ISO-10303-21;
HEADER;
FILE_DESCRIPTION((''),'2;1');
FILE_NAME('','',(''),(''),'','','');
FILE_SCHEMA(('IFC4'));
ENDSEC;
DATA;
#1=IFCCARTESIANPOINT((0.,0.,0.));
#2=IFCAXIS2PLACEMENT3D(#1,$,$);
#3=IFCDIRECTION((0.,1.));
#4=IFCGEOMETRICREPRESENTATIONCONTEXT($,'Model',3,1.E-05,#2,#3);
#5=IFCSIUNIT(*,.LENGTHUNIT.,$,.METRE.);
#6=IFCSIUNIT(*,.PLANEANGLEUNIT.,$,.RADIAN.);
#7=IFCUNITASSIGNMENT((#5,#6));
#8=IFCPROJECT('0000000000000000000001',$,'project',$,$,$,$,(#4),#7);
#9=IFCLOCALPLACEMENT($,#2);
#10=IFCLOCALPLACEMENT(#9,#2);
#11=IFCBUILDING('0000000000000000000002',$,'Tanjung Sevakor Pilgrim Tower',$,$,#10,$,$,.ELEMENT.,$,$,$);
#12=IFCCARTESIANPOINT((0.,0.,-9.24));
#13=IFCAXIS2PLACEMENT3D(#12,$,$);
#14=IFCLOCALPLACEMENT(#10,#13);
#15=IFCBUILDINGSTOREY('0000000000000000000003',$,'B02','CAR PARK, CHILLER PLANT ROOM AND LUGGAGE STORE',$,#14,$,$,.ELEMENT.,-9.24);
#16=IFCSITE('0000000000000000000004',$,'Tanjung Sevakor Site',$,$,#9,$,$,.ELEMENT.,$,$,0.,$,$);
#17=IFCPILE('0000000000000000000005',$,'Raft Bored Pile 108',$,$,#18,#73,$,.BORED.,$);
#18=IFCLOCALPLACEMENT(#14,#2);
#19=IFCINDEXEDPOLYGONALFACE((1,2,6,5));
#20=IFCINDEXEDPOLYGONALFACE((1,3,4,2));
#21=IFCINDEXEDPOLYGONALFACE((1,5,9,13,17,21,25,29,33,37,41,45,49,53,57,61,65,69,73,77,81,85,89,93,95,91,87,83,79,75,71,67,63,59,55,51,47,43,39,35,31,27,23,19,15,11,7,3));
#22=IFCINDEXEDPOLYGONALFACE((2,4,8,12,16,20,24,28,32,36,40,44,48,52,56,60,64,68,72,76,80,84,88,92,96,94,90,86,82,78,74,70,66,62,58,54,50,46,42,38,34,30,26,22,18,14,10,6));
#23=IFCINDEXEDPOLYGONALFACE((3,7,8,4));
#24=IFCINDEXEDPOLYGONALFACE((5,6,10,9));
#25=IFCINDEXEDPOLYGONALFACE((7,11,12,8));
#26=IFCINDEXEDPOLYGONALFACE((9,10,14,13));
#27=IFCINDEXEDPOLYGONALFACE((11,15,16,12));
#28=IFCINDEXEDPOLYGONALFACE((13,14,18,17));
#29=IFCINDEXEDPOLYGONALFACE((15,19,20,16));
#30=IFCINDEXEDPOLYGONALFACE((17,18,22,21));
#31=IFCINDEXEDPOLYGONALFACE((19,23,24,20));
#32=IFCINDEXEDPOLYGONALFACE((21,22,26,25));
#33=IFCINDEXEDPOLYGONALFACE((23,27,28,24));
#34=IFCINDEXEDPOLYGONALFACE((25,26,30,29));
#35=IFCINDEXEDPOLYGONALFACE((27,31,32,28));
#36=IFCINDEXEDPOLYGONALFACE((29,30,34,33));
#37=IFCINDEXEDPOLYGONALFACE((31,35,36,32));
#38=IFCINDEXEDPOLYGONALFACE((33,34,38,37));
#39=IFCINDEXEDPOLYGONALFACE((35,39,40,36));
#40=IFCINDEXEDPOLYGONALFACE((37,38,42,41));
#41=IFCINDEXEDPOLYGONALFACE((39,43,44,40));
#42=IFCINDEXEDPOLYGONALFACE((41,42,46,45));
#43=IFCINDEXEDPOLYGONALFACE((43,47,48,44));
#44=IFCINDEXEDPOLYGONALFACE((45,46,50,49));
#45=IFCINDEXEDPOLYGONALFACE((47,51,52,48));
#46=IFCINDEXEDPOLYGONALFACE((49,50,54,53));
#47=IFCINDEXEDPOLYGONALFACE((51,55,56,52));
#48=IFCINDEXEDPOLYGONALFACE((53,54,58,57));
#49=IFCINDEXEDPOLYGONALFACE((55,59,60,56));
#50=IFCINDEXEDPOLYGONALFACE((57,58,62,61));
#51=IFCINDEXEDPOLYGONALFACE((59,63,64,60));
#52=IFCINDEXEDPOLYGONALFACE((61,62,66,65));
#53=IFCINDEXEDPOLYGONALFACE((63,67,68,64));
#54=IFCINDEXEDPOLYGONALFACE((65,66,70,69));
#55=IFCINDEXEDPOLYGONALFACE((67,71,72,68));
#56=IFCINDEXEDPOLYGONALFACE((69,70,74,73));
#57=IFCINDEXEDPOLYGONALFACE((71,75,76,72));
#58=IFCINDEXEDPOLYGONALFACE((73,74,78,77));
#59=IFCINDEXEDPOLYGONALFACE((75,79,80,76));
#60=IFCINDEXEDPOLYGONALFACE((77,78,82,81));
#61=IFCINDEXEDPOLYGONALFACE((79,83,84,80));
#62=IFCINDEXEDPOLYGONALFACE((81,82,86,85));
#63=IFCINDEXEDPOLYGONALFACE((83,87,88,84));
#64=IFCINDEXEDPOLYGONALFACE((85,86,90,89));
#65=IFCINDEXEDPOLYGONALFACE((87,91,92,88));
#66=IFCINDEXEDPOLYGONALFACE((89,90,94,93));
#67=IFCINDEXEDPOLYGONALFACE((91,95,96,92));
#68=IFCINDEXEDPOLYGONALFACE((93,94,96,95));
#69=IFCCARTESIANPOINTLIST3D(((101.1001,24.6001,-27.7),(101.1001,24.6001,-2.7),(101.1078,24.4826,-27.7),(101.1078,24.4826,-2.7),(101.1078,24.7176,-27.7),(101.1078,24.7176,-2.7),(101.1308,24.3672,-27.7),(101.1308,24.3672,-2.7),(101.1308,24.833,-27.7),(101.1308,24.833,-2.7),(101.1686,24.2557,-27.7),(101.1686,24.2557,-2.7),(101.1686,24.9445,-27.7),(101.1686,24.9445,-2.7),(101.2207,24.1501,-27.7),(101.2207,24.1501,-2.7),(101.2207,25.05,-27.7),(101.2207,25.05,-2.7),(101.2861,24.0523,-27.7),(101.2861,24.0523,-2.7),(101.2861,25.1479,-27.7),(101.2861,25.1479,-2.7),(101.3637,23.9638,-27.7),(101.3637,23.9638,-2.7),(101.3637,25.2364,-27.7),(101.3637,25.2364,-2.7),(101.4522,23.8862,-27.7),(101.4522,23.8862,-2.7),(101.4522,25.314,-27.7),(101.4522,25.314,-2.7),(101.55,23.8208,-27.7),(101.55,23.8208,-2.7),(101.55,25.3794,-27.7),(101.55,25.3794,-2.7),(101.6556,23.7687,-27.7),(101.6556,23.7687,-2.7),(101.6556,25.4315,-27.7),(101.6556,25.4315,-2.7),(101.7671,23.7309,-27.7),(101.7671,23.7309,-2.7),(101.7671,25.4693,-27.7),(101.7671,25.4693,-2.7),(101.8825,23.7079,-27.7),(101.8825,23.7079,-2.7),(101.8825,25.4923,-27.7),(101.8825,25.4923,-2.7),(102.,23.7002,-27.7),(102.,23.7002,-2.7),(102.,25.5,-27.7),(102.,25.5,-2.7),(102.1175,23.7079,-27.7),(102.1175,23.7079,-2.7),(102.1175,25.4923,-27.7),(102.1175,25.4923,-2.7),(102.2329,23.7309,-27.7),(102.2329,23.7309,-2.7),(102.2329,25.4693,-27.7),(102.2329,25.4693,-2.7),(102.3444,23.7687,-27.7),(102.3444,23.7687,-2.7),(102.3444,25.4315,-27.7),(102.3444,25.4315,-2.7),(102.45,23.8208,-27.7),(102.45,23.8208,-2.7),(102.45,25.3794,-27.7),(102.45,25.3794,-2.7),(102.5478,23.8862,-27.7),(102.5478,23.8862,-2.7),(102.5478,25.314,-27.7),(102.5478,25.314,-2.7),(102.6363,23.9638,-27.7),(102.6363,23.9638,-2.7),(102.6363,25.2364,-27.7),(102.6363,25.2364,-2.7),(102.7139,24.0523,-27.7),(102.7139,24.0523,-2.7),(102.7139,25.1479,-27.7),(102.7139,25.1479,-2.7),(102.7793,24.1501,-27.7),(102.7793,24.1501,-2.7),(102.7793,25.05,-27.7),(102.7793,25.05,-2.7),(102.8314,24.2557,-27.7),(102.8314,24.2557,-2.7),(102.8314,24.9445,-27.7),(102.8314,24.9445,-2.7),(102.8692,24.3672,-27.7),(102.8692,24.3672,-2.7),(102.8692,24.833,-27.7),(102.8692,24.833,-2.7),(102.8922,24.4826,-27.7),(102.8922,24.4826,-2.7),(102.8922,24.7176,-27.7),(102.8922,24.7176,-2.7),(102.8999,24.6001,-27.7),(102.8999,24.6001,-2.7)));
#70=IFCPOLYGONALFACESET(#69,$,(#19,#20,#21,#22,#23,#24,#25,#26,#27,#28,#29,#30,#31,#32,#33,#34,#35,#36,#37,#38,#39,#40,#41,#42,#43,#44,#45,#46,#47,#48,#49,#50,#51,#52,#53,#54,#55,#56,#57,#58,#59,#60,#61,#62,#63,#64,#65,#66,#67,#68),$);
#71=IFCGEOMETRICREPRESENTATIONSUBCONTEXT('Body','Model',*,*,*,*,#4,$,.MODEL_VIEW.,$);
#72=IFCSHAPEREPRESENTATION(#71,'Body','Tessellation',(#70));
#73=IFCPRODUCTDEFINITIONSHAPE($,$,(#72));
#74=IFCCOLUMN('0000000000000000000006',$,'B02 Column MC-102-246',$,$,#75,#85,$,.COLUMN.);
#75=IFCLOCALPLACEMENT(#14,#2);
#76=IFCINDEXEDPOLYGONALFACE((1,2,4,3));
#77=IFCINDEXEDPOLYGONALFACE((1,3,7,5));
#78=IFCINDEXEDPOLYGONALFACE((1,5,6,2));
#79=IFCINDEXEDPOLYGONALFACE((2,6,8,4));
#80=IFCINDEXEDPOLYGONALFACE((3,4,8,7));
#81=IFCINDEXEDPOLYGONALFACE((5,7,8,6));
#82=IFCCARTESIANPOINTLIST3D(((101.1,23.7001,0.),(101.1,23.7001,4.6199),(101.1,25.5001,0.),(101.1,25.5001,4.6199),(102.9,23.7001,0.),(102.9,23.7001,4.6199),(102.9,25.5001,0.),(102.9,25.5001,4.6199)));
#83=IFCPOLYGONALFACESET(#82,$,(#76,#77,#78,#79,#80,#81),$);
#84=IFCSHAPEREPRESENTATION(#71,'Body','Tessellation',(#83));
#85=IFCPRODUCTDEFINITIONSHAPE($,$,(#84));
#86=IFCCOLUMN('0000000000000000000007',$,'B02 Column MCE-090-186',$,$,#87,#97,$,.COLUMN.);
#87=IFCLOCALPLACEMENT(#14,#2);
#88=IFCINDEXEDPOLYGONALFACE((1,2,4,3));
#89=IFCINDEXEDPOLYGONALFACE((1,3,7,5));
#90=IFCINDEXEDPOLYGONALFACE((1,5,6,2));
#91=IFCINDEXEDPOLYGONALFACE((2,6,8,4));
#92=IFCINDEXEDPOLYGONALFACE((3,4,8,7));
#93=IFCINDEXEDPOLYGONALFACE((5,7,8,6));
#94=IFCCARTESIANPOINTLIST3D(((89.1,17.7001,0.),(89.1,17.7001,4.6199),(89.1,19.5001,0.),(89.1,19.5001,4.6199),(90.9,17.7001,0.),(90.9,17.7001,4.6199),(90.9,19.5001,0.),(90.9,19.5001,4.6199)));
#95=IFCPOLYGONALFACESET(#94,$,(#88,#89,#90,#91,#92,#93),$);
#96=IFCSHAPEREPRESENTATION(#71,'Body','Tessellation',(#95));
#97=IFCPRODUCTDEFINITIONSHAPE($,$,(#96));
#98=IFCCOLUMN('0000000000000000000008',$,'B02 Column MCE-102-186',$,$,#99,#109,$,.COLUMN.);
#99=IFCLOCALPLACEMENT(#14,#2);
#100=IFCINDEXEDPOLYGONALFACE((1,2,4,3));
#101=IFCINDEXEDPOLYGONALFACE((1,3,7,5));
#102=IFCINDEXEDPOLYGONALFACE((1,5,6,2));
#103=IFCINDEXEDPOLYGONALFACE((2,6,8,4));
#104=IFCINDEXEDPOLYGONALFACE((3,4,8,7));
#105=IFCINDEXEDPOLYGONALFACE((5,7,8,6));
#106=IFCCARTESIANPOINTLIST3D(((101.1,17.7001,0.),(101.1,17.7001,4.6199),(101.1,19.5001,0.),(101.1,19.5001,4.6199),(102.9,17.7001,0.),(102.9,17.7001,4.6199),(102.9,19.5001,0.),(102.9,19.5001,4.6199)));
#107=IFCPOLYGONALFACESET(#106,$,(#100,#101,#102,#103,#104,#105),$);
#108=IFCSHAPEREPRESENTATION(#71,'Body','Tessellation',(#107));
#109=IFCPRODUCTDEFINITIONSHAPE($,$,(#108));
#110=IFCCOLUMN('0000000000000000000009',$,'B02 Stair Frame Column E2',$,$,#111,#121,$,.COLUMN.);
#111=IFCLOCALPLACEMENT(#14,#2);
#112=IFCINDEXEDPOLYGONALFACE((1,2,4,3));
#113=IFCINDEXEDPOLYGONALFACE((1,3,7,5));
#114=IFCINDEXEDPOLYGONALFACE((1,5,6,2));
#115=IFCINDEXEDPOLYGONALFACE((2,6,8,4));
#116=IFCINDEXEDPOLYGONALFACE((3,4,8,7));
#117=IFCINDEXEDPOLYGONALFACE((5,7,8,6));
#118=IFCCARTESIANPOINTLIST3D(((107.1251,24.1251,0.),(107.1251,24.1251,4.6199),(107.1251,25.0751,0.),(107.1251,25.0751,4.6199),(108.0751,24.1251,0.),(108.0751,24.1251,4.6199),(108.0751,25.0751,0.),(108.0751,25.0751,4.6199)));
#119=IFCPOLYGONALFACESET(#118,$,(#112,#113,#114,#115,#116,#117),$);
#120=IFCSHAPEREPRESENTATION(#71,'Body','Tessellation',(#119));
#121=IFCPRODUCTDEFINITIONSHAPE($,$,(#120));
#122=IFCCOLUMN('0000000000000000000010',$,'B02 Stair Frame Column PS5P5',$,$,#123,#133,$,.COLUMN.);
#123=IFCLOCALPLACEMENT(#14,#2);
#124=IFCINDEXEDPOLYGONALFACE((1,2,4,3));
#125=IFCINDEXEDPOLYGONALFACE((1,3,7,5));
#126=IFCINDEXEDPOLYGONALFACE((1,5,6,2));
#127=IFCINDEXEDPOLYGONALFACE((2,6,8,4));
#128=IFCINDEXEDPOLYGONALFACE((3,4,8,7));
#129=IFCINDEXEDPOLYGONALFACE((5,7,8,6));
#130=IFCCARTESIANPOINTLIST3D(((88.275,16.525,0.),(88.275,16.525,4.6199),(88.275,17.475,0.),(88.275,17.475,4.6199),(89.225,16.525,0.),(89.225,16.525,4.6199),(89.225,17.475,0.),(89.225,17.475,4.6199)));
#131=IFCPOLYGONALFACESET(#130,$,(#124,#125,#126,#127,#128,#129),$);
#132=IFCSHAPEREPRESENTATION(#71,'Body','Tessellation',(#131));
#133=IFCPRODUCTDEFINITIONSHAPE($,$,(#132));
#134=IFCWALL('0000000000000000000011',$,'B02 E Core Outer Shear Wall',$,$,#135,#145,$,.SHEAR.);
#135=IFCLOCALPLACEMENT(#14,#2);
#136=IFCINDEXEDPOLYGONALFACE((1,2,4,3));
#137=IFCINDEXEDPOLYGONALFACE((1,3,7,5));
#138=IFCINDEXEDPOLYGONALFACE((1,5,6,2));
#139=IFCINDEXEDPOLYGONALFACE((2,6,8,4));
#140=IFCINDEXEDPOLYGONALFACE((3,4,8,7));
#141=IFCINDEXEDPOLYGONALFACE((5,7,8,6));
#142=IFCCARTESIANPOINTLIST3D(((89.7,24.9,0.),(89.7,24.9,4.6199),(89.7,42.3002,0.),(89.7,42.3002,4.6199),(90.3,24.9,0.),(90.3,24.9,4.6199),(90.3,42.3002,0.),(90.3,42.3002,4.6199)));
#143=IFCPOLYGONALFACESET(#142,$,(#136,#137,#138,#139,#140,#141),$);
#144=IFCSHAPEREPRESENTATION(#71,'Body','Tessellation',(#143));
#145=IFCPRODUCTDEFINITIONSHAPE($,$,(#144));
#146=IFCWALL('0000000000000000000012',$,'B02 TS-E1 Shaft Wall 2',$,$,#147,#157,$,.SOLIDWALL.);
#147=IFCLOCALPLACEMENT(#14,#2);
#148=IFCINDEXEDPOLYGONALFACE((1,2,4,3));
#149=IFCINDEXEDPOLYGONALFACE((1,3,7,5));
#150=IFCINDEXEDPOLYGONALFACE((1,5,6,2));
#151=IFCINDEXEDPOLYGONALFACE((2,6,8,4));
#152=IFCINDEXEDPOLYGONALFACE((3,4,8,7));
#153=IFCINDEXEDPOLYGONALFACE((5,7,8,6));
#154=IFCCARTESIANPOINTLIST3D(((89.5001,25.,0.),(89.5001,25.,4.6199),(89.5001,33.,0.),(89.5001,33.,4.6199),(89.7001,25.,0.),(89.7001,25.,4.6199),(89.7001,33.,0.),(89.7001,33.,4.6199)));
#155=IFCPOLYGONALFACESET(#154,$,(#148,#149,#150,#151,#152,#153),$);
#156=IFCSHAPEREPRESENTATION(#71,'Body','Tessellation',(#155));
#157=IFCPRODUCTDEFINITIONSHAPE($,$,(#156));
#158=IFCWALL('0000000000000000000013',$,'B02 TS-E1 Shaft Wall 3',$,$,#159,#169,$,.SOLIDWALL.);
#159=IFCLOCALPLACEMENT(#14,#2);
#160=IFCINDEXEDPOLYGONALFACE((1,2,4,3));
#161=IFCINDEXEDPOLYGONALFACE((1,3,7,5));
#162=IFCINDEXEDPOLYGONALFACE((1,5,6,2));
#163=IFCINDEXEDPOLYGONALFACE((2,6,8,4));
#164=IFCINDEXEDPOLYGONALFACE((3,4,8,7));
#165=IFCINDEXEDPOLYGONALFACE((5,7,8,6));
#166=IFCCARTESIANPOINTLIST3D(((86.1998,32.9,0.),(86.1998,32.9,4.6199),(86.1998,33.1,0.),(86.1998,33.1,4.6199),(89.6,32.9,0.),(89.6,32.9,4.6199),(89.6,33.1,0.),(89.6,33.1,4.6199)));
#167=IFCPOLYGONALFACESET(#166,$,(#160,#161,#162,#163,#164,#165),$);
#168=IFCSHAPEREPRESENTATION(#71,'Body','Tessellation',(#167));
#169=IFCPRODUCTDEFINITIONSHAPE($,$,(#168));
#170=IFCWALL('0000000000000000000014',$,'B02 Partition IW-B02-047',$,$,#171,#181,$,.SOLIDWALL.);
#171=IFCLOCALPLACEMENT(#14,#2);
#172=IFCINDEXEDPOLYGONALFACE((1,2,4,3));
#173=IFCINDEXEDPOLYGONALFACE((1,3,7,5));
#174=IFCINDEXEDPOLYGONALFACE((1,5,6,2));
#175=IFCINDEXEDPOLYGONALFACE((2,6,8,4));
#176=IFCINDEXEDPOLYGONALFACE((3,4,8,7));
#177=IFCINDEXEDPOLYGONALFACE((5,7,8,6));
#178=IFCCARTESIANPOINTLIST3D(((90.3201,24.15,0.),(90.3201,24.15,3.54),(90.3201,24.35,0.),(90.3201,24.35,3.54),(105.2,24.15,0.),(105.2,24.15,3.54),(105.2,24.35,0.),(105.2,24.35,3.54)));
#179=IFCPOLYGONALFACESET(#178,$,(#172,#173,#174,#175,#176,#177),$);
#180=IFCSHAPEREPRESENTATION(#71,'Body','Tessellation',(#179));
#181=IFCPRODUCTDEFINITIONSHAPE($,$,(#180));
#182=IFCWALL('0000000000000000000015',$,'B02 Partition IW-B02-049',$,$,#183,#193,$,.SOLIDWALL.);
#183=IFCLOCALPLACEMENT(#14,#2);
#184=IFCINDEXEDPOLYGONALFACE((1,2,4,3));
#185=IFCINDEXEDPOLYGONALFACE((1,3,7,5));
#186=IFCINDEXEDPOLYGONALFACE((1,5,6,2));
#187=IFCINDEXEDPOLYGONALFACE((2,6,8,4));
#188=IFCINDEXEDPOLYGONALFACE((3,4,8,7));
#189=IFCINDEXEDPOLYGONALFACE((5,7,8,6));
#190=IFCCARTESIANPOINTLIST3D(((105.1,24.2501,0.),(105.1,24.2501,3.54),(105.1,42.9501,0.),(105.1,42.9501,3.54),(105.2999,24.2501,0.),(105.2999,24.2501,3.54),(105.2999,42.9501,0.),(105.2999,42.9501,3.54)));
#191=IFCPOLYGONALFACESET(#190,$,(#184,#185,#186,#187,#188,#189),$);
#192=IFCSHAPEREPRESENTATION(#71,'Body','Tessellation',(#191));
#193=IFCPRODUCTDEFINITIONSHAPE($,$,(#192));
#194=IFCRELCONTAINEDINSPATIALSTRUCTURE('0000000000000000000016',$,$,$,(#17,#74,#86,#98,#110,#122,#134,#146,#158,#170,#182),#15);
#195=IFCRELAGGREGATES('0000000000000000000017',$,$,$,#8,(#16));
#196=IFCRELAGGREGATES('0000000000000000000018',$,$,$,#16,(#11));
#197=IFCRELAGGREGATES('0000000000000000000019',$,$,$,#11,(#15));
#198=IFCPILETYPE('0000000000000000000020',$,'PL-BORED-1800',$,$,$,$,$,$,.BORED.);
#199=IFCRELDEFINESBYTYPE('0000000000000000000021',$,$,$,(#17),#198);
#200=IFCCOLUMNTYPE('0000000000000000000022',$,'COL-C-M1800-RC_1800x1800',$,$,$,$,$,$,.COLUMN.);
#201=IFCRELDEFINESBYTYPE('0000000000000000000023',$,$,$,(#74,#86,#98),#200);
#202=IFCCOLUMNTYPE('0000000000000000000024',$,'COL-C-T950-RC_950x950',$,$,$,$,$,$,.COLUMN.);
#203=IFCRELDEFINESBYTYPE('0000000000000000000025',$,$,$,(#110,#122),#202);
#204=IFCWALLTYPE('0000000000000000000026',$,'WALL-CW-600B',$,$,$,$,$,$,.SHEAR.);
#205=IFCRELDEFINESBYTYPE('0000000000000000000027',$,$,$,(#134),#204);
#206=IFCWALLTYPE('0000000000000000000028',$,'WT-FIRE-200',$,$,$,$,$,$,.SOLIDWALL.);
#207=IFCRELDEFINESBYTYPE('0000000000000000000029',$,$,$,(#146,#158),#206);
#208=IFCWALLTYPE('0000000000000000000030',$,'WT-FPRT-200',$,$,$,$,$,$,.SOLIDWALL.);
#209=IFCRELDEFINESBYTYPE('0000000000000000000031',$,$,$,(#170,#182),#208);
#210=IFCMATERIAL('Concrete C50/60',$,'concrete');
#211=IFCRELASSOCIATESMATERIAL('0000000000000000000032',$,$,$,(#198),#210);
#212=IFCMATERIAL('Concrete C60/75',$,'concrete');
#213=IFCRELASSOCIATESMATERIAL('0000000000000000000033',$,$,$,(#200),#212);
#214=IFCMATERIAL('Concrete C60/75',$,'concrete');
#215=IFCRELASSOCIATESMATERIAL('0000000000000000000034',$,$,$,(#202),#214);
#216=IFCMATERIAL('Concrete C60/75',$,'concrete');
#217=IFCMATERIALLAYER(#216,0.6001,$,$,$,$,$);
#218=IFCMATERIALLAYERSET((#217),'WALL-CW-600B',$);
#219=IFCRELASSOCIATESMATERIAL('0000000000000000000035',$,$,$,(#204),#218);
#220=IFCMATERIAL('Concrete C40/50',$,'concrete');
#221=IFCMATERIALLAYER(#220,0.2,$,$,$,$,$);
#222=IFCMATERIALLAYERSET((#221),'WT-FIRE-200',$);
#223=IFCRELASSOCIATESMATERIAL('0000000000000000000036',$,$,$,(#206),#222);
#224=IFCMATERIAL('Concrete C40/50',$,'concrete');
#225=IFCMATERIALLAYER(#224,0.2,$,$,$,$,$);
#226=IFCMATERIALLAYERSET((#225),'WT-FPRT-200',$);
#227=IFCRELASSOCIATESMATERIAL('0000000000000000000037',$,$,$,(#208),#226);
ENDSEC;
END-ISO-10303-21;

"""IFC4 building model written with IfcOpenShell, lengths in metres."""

from ifc_helpers import new_model, si_unit, direction, frame, frame_2d, origin, origin_2d, place, context, subcontext, project, spatial, rectangle, circle, extrude, material, layer, layer_set, material_profile, profile_set, type_object, element, save


model = new_model("IFC4")

# Units and contexts
model_context = context("Model", 3, precision=1e-05, world=origin(), true_north=direction((0.0, 1.0)))
body_context = subcontext(model_context, "Body", "Model", "MODEL_VIEW")
ifc_project = project(units=[si_unit("LENGTHUNIT", "METRE"), si_unit("PLANEANGLEUNIT", "RADIAN")], contexts=[model_context])

# Site, building, storey
site_placement = place(None, origin())
site = spatial("IfcSite", under=ifc_project, at=site_placement, Name="Tanjung Sevakor Site", CompositionType="ELEMENT", RefElevation=0.0)
building_placement = place(site_placement, origin())
building = spatial("IfcBuilding", under=site, at=building_placement, Name="Tanjung Sevakor Pilgrim Tower", CompositionType="ELEMENT")
storey_placement = place(building_placement, frame((0.0, 0.0, -9.24)))
storey = spatial("IfcBuildingStorey", under=building, at=storey_placement, Name="B02", Description="CAR PARK, CHILLER PLANT ROOM AND LUGGAGE STORE", CompositionType="ELEMENT", Elevation=-9.24)

# Pile
ifc_material_1 = material(Name="Concrete C50/60", Category="concrete")
ifc_material_profile_1 = material_profile(ifc_material_1, circle(Radius=0.8999, at=origin_2d()))
ifc_profile_set_1 = profile_set([ifc_material_profile_1], Name="Concrete C50/60")
pile_type_1 = type_object("IfcPileType", Name="PL-BORED-1800", PredefinedType="BORED", material=ifc_profile_set_1)
for number, where, z_axis, x_axis, name in (
    (1, (102.0, 24.6001, -2.7), (0.0, 0.0, -1.0), (1.0, 0.0, 0.0), "Raft Bored Pile 108"),
):
    element("IfcPile", number, at=place(storey_placement, frame(where, z_axis=z_axis, x_axis=x_axis)), inside=storey, type_object=pile_type_1, Name=name, PredefinedType="BORED", context=body_context, shape_type="SweptSolid", body=[
        extrude(circle(Radius=0.8999, at=origin_2d()), origin(), (0.0, 0.0, 1.0), 25.0),
    ])

# Columns
ifc_material_2 = material(Name="Concrete C60/75", Category="concrete")
ifc_material_profile_2 = material_profile(ifc_material_2, rectangle(XDim=1.8, YDim=1.8, at=origin_2d()))
ifc_profile_set_2 = profile_set([ifc_material_profile_2], Name="Concrete C60/75")
column_type_1 = type_object("IfcColumnType", Name="COL-C-M1800-RC_1800x1800", PredefinedType="COLUMN", material=ifc_profile_set_2)
for number, where, z_axis, x_axis, name in (
    (2, (102.0, 24.6001, 0.0), (0.0, 0.0, 1.0), (1.0, 0.0, 0.0), "B02 Column MC-102-246"),
    (3, (90.0, 18.6001, 0.0), (0.0, 0.0, 1.0), (1.0, 0.0, 0.0), "B02 Column MCE-090-186"),
    (4, (102.0, 18.6001, 0.0), (0.0, 0.0, 1.0), (1.0, 0.0, 0.0), "B02 Column MCE-102-186"),
):
    element("IfcColumn", number, at=place(storey_placement, frame(where, z_axis=z_axis, x_axis=x_axis)), inside=storey, type_object=column_type_1, Name=name, PredefinedType="COLUMN", context=body_context, shape_type="SweptSolid", body=[
        extrude(rectangle(XDim=1.8, YDim=1.8, at=origin_2d()), origin(), (0.0, 0.0, 1.0), 4.6199),
    ])
ifc_material_3 = material(Name="Concrete C60/75", Category="concrete")
ifc_material_profile_3 = material_profile(ifc_material_3, rectangle(XDim=0.95, YDim=0.95, at=origin_2d()))
ifc_profile_set_3 = profile_set([ifc_material_profile_3], Name="Concrete C60/75")
column_type_2 = type_object("IfcColumnType", Name="COL-C-T950-RC_950x950", PredefinedType="COLUMN", material=ifc_profile_set_3)
for number, where, z_axis, x_axis, name in (
    (5, (107.6001, 24.6001, 0.0), (0.0, 0.0, 1.0), (1.0, 0.0, 0.0), "B02 Stair Frame Column E2"),
    (6, (88.75, 17.0, 0.0), (0.0, 0.0, 1.0), (1.0, 0.0, 0.0), "B02 Stair Frame Column PS5P5"),
):
    element("IfcColumn", number, at=place(storey_placement, frame(where, z_axis=z_axis, x_axis=x_axis)), inside=storey, type_object=column_type_2, Name=name, PredefinedType="COLUMN", context=body_context, shape_type="SweptSolid", body=[
        extrude(rectangle(XDim=0.95, YDim=0.95, at=origin_2d()), origin(), (0.0, 0.0, 1.0), 4.6199),
    ])

# Walls
ifc_material_4 = material(Name="Concrete C60/75", Category="concrete")
ifc_layer_1 = layer(ifc_material_4, 0.6001)
ifc_layer_set_1 = layer_set([ifc_layer_1], Name="WALL-CW-600B")
wall_type_1 = type_object("IfcWallType", Name="WALL-CW-600B", PredefinedType="SHEAR", material=ifc_layer_set_1)
wall_1_placement = place(storey_placement, frame((90.0, 24.8999, 0.0), z_axis=(0.0, 0.0, 1.0), x_axis=(0.0, 1.0, 0.0)))
element("IfcWall", 7, at=wall_1_placement, inside=storey, type_object=wall_type_1, Name="B02 E Core Outer Shear Wall", PredefinedType="SHEAR", context=body_context, shape_type="SweptSolid", body=[
    extrude(rectangle(XDim=17.4001, YDim=0.6001, at=frame_2d((8.7002, 0.0))), origin(), (0.0, 0.0, 1.0), 4.6199),
])
ifc_material_5 = material(Name="Concrete C40/50", Category="concrete")
ifc_layer_2 = layer(ifc_material_5, 0.2)
ifc_layer_set_2 = layer_set([ifc_layer_2], Name="WT-FIRE-200")
wall_type_2 = type_object("IfcWallType", Name="WT-FIRE-200", PredefinedType="SOLIDWALL", material=ifc_layer_set_2)
wall_2_placement = place(storey_placement, frame((89.6001, 25.0, 0.0), z_axis=(0.0, 0.0, 1.0), x_axis=(0.0, 1.0, 0.0)))
element("IfcWall", 8, at=wall_2_placement, inside=storey, type_object=wall_type_2, Name="B02 TS-E1 Shaft Wall 2", PredefinedType="SOLIDWALL", context=body_context, shape_type="SweptSolid", body=[
    extrude(rectangle(XDim=8.0, YDim=0.2, at=frame_2d((4.0, 0.0))), origin(), (0.0, 0.0, 1.0), 4.6199),
])
wall_3_placement = place(storey_placement, frame((89.6001, 33.0, 0.0), z_axis=(0.0, 0.0, 1.0), x_axis=(-1.0, 0.0, 0.0)))
element("IfcWall", 9, at=wall_3_placement, inside=storey, type_object=wall_type_2, Name="B02 TS-E1 Shaft Wall 3", PredefinedType="SOLIDWALL", context=body_context, shape_type="SweptSolid", body=[
    extrude(rectangle(XDim=3.4001, YDim=0.2, at=frame_2d((1.7002, 0.0))), origin(), (0.0, 0.0, 1.0), 4.6199),
])

# Walls
ifc_material_6 = material(Name="Concrete C40/50", Category="concrete")
ifc_layer_3 = layer(ifc_material_6, 0.2)
ifc_layer_set_3 = layer_set([ifc_layer_3], Name="WT-FPRT-200")
wall_type_3 = type_object("IfcWallType", Name="WT-FPRT-200", PredefinedType="SOLIDWALL", material=ifc_layer_set_3)
wall_4_placement = place(storey_placement, frame((90.3201, 24.25, 0.0), z_axis=(0.0, 0.0, 1.0), x_axis=(1.0, 0.0, 0.0)))
element("IfcWall", 10, at=wall_4_placement, inside=storey, type_object=wall_type_3, Name="B02 Partition IW-B02-047", PredefinedType="SOLIDWALL", context=body_context, shape_type="SweptSolid", body=[
    extrude(rectangle(XDim=14.8799, YDim=0.2, at=frame_2d((7.4399, 0.0))), origin(), (0.0, 0.0, 1.0), 3.54),
])
wall_5_placement = place(storey_placement, frame((105.2, 24.25, 0.0), z_axis=(0.0, 0.0, 1.0), x_axis=(0.0, 1.0, 0.0)))
element("IfcWall", 11, at=wall_5_placement, inside=storey, type_object=wall_type_3, Name="B02 Partition IW-B02-049", PredefinedType="SOLIDWALL", context=body_context, shape_type="SweptSolid", body=[
    extrude(rectangle(XDim=18.7, YDim=0.2, at=frame_2d((9.3501, 0.0))), origin(), (0.0, 0.0, 1.0), 3.54),
])

save(model, "model.ifc")
